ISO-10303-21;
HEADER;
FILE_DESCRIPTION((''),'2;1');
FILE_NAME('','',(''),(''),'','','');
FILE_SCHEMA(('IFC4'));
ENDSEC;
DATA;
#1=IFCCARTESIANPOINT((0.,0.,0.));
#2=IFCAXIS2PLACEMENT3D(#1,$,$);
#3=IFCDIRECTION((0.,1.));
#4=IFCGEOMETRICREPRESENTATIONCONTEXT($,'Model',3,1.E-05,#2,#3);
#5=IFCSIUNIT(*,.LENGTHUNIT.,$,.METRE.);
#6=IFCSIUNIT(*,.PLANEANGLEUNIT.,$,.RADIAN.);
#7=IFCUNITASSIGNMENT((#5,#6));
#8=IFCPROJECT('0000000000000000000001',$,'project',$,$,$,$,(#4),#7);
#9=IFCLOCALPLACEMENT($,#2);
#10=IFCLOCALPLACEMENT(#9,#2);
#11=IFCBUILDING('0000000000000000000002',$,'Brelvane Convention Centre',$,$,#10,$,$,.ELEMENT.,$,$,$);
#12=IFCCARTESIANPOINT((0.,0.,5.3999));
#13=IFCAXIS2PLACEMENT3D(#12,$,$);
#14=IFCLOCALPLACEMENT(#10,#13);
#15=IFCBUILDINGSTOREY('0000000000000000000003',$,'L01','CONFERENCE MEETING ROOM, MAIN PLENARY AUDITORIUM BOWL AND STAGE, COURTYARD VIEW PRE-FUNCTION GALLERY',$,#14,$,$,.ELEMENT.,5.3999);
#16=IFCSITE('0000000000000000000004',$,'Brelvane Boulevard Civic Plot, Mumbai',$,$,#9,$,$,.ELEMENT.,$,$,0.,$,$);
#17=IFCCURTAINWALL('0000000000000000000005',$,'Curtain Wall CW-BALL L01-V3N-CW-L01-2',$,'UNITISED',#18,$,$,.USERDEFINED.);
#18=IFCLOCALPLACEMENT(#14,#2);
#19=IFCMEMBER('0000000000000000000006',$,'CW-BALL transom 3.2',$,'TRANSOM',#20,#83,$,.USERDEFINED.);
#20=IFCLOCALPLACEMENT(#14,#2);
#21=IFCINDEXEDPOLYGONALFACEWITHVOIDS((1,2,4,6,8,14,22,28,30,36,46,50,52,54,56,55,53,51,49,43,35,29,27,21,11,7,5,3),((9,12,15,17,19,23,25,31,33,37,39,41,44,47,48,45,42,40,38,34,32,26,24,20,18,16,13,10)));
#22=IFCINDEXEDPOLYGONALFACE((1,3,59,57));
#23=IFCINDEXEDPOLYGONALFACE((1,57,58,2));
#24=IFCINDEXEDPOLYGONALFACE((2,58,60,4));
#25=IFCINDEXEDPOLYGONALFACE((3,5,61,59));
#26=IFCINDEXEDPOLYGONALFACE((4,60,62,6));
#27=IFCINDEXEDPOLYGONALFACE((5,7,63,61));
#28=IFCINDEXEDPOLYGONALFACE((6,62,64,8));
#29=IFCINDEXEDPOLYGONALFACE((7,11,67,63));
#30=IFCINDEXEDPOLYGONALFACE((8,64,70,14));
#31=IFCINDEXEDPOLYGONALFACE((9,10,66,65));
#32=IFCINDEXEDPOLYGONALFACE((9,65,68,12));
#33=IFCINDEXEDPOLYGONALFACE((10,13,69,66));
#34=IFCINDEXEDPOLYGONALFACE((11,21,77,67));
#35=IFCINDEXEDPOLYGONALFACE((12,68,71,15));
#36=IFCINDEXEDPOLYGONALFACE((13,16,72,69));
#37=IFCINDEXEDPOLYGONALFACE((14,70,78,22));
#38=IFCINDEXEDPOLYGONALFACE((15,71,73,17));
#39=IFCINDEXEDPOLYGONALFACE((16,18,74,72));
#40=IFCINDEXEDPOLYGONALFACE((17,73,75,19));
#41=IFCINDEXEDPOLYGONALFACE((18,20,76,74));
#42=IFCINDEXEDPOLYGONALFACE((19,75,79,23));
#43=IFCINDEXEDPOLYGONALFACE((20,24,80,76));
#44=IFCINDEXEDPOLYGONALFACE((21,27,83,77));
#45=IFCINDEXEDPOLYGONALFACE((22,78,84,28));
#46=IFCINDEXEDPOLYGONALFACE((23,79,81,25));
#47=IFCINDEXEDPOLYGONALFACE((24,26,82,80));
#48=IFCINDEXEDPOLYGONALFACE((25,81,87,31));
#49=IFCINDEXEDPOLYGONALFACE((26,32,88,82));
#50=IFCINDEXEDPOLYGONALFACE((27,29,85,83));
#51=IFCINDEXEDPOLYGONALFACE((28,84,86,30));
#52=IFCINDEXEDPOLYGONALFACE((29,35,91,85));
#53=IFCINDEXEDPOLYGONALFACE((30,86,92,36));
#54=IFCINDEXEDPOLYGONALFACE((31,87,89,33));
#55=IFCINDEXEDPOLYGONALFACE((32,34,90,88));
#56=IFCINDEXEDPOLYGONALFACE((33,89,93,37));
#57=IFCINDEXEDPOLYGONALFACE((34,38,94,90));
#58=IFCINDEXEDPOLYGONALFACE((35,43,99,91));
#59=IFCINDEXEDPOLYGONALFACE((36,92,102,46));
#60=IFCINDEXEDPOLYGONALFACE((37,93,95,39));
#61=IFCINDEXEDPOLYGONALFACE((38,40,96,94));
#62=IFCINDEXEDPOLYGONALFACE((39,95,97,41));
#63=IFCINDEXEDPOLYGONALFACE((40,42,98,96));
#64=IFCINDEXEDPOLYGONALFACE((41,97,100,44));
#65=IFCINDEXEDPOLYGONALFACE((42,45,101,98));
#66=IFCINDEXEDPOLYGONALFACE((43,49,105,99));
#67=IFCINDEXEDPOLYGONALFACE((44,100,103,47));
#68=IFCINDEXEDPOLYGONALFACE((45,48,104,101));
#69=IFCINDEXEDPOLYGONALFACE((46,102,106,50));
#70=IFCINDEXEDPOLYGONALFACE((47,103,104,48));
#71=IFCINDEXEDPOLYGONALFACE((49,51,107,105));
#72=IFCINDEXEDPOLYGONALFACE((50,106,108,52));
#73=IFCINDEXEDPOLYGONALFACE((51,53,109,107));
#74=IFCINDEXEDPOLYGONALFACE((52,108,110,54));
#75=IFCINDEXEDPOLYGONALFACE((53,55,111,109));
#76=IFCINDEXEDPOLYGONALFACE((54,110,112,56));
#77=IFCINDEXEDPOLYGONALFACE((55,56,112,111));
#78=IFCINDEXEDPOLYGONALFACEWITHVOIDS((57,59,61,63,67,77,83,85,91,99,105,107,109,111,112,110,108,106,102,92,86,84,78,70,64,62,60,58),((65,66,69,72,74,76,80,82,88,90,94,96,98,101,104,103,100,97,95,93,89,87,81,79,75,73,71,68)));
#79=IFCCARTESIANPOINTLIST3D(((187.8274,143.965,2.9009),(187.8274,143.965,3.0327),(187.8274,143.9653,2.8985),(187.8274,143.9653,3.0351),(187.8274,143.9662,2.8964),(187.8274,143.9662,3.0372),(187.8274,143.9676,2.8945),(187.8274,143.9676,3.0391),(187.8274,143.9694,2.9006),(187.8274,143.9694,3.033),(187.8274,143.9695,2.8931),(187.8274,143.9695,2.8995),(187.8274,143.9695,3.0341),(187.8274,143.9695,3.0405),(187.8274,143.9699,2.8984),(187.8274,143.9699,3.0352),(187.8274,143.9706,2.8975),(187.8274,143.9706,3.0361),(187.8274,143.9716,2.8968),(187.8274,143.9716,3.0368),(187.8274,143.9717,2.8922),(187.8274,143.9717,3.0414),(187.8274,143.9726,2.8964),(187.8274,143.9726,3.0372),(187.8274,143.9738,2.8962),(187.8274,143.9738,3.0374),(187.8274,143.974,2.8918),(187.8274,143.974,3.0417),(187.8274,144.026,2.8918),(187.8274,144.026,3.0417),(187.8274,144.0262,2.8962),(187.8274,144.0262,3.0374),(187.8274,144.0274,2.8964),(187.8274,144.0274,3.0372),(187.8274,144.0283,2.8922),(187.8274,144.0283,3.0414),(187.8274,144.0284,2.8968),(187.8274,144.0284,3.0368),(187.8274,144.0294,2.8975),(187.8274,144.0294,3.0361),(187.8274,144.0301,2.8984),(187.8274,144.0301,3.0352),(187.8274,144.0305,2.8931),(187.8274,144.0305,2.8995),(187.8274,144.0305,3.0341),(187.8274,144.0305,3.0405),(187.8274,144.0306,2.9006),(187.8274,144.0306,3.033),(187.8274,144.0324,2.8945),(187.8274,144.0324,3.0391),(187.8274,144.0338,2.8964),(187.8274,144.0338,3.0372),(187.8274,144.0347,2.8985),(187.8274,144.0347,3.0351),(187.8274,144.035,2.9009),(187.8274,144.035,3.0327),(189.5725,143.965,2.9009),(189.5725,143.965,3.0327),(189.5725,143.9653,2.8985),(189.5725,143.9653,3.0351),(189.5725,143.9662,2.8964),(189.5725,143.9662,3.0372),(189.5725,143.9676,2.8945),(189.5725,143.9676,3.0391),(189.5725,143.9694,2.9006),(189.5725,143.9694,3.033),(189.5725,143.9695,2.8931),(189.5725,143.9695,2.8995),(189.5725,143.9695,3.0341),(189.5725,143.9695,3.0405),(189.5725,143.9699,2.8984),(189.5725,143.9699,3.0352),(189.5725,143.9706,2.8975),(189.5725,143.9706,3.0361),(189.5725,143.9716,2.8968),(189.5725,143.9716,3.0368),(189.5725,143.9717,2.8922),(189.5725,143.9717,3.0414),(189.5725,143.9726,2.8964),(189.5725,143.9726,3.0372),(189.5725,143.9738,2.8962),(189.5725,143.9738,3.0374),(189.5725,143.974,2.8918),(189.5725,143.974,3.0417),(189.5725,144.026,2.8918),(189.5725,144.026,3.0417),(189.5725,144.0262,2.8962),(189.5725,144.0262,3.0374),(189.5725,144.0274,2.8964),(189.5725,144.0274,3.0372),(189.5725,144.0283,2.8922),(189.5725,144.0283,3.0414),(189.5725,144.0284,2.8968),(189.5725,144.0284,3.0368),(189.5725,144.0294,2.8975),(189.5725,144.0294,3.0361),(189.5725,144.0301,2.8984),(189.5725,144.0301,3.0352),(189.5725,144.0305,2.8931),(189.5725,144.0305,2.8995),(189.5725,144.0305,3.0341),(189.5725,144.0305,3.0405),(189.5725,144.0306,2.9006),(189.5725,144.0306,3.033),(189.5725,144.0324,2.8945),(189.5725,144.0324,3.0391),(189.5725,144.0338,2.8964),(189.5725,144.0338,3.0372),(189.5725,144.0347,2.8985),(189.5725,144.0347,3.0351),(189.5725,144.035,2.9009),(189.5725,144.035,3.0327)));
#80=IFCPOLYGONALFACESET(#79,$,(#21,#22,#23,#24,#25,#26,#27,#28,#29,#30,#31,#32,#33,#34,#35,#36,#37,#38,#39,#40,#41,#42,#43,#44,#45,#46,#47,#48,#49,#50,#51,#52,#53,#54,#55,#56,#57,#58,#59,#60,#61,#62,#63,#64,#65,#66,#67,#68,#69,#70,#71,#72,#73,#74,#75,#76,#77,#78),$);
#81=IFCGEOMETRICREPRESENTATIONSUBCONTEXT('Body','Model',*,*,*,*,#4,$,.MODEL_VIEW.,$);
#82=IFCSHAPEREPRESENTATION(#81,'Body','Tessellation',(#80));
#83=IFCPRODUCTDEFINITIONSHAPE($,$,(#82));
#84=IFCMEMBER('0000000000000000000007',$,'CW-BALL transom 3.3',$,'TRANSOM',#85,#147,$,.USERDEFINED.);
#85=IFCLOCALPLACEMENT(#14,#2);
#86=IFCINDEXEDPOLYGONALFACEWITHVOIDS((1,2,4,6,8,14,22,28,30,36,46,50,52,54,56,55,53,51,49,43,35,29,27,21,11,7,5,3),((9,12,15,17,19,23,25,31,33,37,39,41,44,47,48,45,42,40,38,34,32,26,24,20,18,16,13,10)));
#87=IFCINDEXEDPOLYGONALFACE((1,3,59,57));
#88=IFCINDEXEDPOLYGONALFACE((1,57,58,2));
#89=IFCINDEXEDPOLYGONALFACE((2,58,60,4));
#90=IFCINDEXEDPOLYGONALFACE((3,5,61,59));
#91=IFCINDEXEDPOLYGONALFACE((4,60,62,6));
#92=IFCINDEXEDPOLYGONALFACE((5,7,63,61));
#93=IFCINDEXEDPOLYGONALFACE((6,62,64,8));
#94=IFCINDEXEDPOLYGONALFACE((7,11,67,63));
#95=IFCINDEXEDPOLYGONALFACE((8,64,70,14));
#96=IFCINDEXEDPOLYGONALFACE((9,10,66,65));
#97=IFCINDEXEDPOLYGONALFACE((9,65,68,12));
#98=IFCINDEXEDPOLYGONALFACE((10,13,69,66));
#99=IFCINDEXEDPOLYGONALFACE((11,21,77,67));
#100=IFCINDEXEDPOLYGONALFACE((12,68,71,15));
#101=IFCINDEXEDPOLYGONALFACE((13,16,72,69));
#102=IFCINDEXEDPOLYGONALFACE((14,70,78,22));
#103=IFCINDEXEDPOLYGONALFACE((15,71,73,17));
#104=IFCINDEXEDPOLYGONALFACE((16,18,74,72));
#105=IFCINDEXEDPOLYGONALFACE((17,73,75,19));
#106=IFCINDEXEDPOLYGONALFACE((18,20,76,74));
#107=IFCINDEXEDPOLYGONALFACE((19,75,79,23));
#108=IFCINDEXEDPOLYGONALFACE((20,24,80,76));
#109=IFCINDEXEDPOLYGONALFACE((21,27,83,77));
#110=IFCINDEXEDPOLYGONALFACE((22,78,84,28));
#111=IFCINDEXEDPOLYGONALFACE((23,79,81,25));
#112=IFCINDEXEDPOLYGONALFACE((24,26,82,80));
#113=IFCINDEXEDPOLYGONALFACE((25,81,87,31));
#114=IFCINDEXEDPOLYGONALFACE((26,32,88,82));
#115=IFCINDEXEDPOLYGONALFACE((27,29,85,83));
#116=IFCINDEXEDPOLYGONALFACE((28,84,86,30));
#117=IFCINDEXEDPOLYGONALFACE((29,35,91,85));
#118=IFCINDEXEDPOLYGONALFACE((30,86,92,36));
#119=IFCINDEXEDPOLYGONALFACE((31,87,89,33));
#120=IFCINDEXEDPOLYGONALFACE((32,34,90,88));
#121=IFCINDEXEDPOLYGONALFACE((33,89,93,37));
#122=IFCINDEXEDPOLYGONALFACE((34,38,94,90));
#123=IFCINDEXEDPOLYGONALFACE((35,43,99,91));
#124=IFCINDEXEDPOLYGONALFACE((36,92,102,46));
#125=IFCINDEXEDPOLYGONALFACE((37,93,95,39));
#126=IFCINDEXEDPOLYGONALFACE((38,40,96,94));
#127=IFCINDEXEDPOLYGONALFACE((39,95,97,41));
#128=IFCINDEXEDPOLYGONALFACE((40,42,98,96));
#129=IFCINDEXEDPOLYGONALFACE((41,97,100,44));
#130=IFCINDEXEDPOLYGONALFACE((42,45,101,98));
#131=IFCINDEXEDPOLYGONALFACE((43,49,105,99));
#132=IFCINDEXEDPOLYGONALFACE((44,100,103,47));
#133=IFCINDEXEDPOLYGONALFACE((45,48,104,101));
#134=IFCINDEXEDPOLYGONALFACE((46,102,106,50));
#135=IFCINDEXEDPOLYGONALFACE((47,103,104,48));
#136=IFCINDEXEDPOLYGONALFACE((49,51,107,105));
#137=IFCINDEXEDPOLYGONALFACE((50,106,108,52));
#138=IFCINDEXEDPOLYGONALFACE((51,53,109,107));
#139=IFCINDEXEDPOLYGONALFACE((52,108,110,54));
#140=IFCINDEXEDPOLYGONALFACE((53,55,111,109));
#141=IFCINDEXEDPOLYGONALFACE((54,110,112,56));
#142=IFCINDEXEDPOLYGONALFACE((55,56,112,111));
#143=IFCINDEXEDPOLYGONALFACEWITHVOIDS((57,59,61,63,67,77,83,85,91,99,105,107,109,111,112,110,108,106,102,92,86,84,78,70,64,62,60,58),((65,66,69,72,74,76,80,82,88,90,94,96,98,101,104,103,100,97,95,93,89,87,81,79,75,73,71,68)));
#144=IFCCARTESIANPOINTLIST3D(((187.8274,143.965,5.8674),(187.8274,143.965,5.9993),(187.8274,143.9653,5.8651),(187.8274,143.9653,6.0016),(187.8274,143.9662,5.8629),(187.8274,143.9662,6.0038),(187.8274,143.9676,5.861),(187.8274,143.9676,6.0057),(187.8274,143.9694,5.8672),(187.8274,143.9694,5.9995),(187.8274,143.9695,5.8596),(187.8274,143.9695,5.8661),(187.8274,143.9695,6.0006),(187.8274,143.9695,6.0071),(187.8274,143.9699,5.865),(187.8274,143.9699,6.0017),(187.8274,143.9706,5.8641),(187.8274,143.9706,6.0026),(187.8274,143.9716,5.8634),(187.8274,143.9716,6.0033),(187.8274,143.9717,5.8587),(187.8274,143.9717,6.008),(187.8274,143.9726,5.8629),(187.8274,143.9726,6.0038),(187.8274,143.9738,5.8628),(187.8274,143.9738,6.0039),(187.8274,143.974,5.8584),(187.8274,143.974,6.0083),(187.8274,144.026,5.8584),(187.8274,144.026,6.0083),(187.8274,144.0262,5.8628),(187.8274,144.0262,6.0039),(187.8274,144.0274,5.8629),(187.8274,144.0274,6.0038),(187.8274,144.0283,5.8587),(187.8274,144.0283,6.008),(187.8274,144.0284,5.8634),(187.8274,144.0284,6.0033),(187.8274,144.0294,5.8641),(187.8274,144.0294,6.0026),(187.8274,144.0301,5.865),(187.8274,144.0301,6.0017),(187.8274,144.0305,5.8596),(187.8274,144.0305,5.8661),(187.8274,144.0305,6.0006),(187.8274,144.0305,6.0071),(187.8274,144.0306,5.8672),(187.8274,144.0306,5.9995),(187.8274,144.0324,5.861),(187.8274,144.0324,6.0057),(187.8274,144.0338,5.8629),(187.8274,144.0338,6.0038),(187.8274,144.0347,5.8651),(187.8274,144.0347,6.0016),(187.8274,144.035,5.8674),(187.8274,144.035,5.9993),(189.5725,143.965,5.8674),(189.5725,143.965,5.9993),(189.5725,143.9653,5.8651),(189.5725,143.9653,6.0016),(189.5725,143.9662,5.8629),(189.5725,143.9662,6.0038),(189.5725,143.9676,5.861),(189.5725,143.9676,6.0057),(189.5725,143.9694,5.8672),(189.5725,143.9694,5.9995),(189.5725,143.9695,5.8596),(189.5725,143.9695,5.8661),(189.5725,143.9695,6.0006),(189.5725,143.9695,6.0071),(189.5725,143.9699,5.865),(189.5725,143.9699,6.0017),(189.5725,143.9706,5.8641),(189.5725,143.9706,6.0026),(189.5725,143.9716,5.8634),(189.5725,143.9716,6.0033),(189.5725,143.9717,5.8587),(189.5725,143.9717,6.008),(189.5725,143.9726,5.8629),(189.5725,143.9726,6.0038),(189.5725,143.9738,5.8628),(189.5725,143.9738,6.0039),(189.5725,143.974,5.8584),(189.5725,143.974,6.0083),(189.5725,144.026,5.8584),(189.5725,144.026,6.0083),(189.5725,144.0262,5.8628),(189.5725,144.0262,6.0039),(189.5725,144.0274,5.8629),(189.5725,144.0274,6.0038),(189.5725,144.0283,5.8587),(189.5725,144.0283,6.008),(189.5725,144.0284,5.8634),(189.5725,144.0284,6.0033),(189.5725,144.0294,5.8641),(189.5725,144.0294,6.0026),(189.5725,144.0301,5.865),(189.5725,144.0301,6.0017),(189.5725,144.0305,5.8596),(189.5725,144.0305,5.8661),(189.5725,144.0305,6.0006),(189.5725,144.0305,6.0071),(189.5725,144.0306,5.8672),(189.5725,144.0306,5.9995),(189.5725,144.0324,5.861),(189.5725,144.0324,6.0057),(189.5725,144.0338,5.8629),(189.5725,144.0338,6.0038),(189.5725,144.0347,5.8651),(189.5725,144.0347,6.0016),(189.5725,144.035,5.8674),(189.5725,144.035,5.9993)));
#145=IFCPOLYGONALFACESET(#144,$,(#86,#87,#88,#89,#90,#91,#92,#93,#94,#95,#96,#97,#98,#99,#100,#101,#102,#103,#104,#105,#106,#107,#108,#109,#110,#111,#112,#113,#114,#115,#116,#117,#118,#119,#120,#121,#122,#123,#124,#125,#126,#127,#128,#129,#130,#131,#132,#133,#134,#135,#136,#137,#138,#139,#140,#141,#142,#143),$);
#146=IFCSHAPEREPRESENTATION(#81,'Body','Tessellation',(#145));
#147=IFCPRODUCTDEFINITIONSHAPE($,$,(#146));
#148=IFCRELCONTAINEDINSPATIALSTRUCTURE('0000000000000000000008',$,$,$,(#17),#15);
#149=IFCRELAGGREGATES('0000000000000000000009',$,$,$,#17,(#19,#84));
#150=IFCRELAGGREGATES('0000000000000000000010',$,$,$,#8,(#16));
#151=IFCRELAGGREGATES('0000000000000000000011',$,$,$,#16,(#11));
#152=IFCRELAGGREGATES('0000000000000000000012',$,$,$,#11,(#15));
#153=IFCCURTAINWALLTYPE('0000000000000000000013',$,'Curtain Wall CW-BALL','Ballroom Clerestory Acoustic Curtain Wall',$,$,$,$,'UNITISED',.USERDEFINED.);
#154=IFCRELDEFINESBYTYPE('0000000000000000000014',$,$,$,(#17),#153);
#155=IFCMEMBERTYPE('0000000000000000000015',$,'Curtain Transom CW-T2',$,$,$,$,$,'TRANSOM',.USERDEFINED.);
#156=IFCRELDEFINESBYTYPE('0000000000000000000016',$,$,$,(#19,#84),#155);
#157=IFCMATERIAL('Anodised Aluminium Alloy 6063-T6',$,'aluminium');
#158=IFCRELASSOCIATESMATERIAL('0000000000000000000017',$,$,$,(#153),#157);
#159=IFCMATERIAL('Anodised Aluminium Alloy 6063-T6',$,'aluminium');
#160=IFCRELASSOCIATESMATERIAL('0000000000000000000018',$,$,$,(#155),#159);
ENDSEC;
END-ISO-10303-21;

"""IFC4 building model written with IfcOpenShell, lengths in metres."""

from ifc_helpers import new_model, si_unit, direction, frame, origin, origin_2d, place, context, subcontext, project, spatial, hollow_rectangle, extrude, material, material_profile, profile_set, type_object, element, aggregate, save


model = new_model("IFC4")

# Units and contexts
model_context = context("Model", 3, precision=1e-05, world=origin(), true_north=direction((0.0, 1.0)))
body_context = subcontext(model_context, "Body", "Model", "MODEL_VIEW")
ifc_project = project(units=[si_unit("LENGTHUNIT", "METRE"), si_unit("PLANEANGLEUNIT", "RADIAN")], contexts=[model_context])

# Site, building, storey
site_placement = place(None, origin())
site = spatial("IfcSite", under=ifc_project, at=site_placement, Name="Brelvane Boulevard Civic Plot, Mumbai", CompositionType="ELEMENT", RefElevation=0.0)
building_placement = place(site_placement, origin())
building = spatial("IfcBuilding", under=site, at=building_placement, Name="Brelvane Convention Centre", CompositionType="ELEMENT")
storey_placement = place(building_placement, frame((0.0, 0.0, 5.3999)))
storey = spatial("IfcBuildingStorey", under=building, at=storey_placement, Name="L01", Description="CONFERENCE MEETING ROOM, MAIN PLENARY AUDITORIUM BOWL AND STAGE, COURTYARD VIEW PRE-FUNCTION GALLERY", CompositionType="ELEMENT", Elevation=5.3999)

# Curtain wall, members
ifc_material_1 = material(Name="Anodised Aluminium Alloy 6063-T6", Category="aluminium")
curtain_wall_type = type_object("IfcCurtainWallType", Name="Curtain Wall CW-BALL", Description="Ballroom Clerestory Acoustic Curtain Wall", ElementType="UNITISED", PredefinedType="USERDEFINED", material=ifc_material_1)
curtain_wall_placement = place(storey_placement, origin())
curtain_wall = element("IfcCurtainWall", 1, at=curtain_wall_placement, inside=storey, type_object=curtain_wall_type, Name="Curtain Wall CW-BALL L01-V3N-CW-L01-2", ObjectType="UNITISED", PredefinedType="USERDEFINED")
ifc_material_2 = material(Name="Anodised Aluminium Alloy 6063-T6", Category="aluminium")
ifc_material_profile_1 = material_profile(ifc_material_2, hollow_rectangle(XDim=0.0701, YDim=0.1499, WallThickness=0.0044, InnerFilletRadius=0.0044, OuterFilletRadius=0.009, at=origin_2d()), Name="ALU-T 150x70x4.5")
ifc_profile_set_1 = profile_set([ifc_material_profile_1], Name="Anodised Aluminium Alloy 6063-T6")
member_type_1 = type_object("IfcMemberType", Name="Curtain Transom CW-T2", ElementType="TRANSOM", PredefinedType="USERDEFINED", material=ifc_profile_set_1)
member_1_placement = place(storey_placement, frame((187.8274, 144.0, 2.9668), z_axis=(1.0, 0.0, 0.0), x_axis=(0.0, 1.0, 0.0)))
member_1 = element("IfcMember", 2, at=member_1_placement, type_object=member_type_1, Name="CW-BALL transom 3.2", ObjectType="TRANSOM", PredefinedType="USERDEFINED", context=body_context, shape_type="SweptSolid", body=[
    extrude(hollow_rectangle(XDim=0.0701, YDim=0.1499, WallThickness=0.0044, InnerFilletRadius=0.0044, OuterFilletRadius=0.009, at=origin_2d()), origin(), (0.0, 0.0, 1.0), 1.7451),
])
member_2_placement = place(storey_placement, frame((187.8274, 144.0, 5.9333), z_axis=(1.0, 0.0, 0.0), x_axis=(0.0, 1.0, 0.0)))
member_2 = element("IfcMember", 3, at=member_2_placement, type_object=member_type_1, Name="CW-BALL transom 3.3", ObjectType="TRANSOM", PredefinedType="USERDEFINED", context=body_context, shape_type="SweptSolid", body=[
    extrude(hollow_rectangle(XDim=0.0701, YDim=0.1499, WallThickness=0.0044, InnerFilletRadius=0.0044, OuterFilletRadius=0.009, at=origin_2d()), origin(), (0.0, 0.0, 1.0), 1.7451),
])
aggregate(curtain_wall, [member_1, member_2])

save(model, "model.ifc")
